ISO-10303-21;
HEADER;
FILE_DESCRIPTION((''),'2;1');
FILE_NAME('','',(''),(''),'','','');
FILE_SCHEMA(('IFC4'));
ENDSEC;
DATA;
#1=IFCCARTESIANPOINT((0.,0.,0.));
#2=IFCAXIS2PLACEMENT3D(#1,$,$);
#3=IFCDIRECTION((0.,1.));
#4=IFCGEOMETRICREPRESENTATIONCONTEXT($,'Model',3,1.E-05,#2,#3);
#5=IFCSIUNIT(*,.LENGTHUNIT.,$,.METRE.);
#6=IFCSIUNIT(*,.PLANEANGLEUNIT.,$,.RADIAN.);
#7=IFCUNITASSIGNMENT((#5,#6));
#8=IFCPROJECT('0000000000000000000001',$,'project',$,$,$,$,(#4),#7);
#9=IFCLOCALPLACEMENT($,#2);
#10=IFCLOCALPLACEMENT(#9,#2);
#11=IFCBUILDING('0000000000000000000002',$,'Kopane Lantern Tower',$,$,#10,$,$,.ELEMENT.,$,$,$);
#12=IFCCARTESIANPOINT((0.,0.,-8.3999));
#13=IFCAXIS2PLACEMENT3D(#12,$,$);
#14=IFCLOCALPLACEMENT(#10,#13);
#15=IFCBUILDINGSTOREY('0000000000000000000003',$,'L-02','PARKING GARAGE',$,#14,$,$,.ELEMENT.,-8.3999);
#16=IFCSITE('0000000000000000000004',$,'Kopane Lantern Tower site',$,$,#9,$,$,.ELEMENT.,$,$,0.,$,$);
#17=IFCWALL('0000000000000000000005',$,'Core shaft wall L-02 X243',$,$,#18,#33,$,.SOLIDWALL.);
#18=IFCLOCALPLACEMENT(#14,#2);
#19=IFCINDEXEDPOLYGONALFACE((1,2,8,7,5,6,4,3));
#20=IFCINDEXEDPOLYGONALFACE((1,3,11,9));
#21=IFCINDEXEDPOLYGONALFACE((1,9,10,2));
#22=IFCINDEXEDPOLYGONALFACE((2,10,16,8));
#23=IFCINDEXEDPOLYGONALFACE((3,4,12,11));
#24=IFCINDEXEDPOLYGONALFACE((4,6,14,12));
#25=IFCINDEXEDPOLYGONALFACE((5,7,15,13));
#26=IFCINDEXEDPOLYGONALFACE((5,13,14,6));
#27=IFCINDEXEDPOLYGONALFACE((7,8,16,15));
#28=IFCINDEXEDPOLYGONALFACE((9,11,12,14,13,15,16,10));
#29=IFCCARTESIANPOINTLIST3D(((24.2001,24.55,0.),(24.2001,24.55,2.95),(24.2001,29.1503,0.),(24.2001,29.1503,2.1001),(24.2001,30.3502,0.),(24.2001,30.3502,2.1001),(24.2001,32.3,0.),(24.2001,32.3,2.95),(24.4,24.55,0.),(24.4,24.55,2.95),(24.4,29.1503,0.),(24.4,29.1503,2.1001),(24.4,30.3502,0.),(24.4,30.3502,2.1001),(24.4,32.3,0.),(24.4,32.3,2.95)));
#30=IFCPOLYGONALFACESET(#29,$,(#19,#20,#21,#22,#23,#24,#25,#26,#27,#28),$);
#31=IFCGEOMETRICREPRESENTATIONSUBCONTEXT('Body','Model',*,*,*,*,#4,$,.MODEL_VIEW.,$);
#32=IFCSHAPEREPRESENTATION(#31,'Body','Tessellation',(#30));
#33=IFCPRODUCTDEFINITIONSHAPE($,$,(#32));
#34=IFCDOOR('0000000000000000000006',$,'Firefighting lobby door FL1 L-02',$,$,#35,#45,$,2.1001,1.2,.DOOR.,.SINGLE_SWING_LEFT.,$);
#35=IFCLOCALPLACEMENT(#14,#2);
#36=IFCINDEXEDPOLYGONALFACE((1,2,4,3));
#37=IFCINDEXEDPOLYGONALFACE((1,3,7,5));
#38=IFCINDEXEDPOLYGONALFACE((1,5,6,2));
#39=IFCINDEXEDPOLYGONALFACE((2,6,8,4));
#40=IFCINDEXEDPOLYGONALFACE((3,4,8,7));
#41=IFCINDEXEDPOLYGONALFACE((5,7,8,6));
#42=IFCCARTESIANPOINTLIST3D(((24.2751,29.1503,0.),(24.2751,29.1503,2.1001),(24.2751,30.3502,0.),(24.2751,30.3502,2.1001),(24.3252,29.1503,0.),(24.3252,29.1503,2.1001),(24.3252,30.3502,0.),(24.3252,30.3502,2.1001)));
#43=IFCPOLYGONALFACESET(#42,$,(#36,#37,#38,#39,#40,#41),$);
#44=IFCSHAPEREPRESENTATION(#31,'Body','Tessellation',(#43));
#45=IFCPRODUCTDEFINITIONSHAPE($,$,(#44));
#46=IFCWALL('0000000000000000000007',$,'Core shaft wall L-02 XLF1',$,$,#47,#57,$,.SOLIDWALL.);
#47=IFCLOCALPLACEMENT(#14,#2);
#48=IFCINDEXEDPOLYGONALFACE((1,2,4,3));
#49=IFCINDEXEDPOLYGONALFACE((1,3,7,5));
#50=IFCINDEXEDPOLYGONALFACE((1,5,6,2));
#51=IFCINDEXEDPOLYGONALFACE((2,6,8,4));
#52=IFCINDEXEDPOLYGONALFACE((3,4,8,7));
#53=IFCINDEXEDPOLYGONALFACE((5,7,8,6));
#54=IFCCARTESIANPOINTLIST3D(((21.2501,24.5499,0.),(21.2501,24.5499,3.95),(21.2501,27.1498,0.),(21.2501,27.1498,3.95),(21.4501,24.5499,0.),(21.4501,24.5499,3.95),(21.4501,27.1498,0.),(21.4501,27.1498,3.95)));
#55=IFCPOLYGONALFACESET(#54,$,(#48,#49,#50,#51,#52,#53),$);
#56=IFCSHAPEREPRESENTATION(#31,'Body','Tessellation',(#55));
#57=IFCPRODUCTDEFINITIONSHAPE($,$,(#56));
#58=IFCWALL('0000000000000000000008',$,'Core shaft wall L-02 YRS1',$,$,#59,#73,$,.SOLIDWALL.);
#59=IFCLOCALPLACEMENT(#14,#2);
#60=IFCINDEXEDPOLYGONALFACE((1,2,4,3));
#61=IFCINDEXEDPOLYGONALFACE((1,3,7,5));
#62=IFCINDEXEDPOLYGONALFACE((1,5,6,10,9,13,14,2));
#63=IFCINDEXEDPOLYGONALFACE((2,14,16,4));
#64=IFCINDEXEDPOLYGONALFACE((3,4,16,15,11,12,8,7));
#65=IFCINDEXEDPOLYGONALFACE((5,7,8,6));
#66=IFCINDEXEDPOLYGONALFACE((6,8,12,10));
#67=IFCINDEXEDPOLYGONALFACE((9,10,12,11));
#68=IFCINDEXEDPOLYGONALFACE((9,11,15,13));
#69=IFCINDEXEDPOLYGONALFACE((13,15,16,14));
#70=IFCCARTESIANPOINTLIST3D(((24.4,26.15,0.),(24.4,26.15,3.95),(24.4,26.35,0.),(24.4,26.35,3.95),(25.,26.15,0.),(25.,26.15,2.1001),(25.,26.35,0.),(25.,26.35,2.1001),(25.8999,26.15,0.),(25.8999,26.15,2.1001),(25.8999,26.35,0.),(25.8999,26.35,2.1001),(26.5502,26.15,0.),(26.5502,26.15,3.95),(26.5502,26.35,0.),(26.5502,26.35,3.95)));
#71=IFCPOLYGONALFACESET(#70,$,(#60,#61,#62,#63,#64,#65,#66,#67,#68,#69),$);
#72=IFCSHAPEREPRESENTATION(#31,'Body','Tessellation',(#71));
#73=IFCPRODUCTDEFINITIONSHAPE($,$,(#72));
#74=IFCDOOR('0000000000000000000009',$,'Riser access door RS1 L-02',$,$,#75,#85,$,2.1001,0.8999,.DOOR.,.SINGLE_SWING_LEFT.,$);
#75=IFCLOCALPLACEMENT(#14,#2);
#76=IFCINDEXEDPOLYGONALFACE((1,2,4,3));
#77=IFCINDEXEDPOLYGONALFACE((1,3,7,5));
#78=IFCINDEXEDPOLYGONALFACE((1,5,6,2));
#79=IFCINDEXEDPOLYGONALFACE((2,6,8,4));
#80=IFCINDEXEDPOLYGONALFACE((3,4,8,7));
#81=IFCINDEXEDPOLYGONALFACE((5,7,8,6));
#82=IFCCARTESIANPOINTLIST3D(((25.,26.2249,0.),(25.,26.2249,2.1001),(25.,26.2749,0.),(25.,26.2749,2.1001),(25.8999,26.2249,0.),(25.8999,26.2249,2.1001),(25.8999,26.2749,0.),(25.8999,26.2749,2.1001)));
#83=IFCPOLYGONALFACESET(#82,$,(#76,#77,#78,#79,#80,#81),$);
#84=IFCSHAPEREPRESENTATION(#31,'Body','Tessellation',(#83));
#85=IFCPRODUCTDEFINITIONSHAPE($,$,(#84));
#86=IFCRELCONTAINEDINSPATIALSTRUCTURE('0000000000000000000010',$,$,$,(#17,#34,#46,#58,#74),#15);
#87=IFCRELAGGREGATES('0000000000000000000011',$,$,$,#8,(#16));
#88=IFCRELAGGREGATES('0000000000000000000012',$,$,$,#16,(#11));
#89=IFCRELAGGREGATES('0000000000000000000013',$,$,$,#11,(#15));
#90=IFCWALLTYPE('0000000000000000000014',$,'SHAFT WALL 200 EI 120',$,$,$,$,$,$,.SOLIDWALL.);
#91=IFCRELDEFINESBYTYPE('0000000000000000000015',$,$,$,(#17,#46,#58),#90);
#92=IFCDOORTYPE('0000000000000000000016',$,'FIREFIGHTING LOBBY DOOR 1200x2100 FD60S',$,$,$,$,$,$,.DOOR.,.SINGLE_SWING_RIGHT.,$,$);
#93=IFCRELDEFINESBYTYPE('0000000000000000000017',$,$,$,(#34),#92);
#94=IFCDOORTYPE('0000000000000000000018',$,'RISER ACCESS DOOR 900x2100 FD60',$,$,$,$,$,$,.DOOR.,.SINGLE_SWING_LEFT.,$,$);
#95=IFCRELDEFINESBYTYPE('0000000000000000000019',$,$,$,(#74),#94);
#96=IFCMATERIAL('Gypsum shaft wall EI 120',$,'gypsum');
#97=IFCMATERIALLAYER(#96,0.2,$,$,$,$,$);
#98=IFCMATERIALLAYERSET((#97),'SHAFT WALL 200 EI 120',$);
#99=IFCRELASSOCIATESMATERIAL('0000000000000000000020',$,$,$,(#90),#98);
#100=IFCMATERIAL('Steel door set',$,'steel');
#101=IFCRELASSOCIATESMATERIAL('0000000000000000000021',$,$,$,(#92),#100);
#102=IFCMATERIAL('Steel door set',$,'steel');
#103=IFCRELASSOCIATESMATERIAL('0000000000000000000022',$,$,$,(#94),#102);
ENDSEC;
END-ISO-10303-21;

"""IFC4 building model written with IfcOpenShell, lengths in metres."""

from ifc_helpers import new_model, si_unit, direction, frame, frame_2d, origin, place, context, subcontext, project, spatial, rectangle, extrude, material, layer, layer_set, type_object, element, fill, save


model = new_model("IFC4")

# Units and contexts
model_context = context("Model", 3, precision=1e-05, world=origin(), true_north=direction((0.0, 1.0)))
body_context = subcontext(model_context, "Body", "Model", "MODEL_VIEW")
ifc_project = project(units=[si_unit("LENGTHUNIT", "METRE"), si_unit("PLANEANGLEUNIT", "RADIAN")], contexts=[model_context])

# Site, building, storey
site_placement = place(None, origin())
site = spatial("IfcSite", under=ifc_project, at=site_placement, Name="Kopane Lantern Tower site", CompositionType="ELEMENT", RefElevation=0.0)
building_placement = place(site_placement, origin())
building = spatial("IfcBuilding", under=site, at=building_placement, Name="Kopane Lantern Tower", CompositionType="ELEMENT")
storey_placement = place(building_placement, frame((0.0, 0.0, -8.3999)))
storey = spatial("IfcBuildingStorey", under=building, at=storey_placement, Name="L-02", Description="PARKING GARAGE", CompositionType="ELEMENT", Elevation=-8.3999)

# Wall, opening, door
ifc_material_1 = material(Name="Gypsum shaft wall EI 120", Category="gypsum")
ifc_layer_1 = layer(ifc_material_1, 0.2)
ifc_layer_set_1 = layer_set([ifc_layer_1], Name="SHAFT WALL 200 EI 120")
wall_type_1 = type_object("IfcWallType", Name="SHAFT WALL 200 EI 120", PredefinedType="SOLIDWALL", material=ifc_layer_set_1)
wall_1_placement = place(storey_placement, frame((24.3, 24.55, 0.0), z_axis=(0.0, 0.0, 1.0), x_axis=(0.0, 1.0, 0.0)))
wall_1 = element("IfcWall", 1, at=wall_1_placement, inside=storey, type_object=wall_type_1, Name="Core shaft wall L-02 X243", PredefinedType="SOLIDWALL", context=body_context, shape_type="SweptSolid", body=[
    extrude(rectangle(XDim=7.75, YDim=0.2, at=frame_2d((3.875, 0.0))), origin(), (0.0, 0.0, 1.0), 2.95),
])
opening_1_placement = place(wall_1_placement, frame((4.6001, 0.0, 0.0)))
opening_1 = element("IfcOpeningElement", 2, at=opening_1_placement, cuts=wall_1, PredefinedType="OPENING", context=body_context, shape_type="SweptSolid", body=[
    extrude(rectangle(XDim=1.2, YDim=2.1001, at=frame_2d((0.6001, 1.05))), frame((0.0, 0.1099, 0.0), z_axis=(0.0, -1.0, 0.0), x_axis=(1.0, 0.0, 0.0)), (0.0, 0.0, 1.0), 0.22),
])
ifc_material_2 = material(Name="Steel door set", Category="steel")
door_type_1 = type_object("IfcDoorType", Name="FIREFIGHTING LOBBY DOOR 1200x2100 FD60S", OperationType="SINGLE_SWING_RIGHT", PredefinedType="DOOR", material=ifc_material_2)
door_1_placement = place(opening_1_placement, origin())
door_1 = element("IfcDoor", 3, at=door_1_placement, inside=storey, type_object=door_type_1, Name="Firefighting lobby door FL1 L-02", OperationType="SINGLE_SWING_LEFT", OverallHeight=2.1001, OverallWidth=1.2, PredefinedType="DOOR", context=body_context, shape_type="SweptSolid", body=[
    extrude(rectangle(XDim=1.2, YDim=2.1001, at=frame_2d((0.6001, 1.05))), frame((0.0, 0.0249, 0.0), z_axis=(0.0, -1.0, 0.0), x_axis=(1.0, 0.0, 0.0)), (0.0, 0.0, 1.0), 0.05),
])
fill(opening_1, door_1)

# Wall
wall_2_placement = place(storey_placement, frame((21.3501, 24.55, 0.0), z_axis=(0.0, 0.0, 1.0), x_axis=(0.0, 1.0, 0.0)))
element("IfcWall", 4, at=wall_2_placement, inside=storey, type_object=wall_type_1, Name="Core shaft wall L-02 XLF1", PredefinedType="SOLIDWALL", context=body_context, shape_type="SweptSolid", body=[
    extrude(rectangle(XDim=2.5999, YDim=0.2, at=frame_2d((1.2998, 0.0))), origin(), (0.0, 0.0, 1.0), 3.95),
])

# Wall, opening, door
wall_3_placement = place(storey_placement, frame((24.3999, 26.25, 0.0), z_axis=(0.0, 0.0, 1.0), x_axis=(1.0, 0.0, 0.0)))
wall_3 = element("IfcWall", 5, at=wall_3_placement, inside=storey, type_object=wall_type_1, Name="Core shaft wall L-02 YRS1", PredefinedType="SOLIDWALL", context=body_context, shape_type="SweptSolid", body=[
    extrude(rectangle(XDim=2.1501, YDim=0.2, at=frame_2d((1.0752, 0.0))), origin(), (0.0, 0.0, 1.0), 3.95),
])
opening_2_placement = place(wall_3_placement, frame((0.6001, 0.0, 0.0)))
opening_2 = element("IfcOpeningElement", 6, at=opening_2_placement, cuts=wall_3, PredefinedType="OPENING", context=body_context, shape_type="SweptSolid", body=[
    extrude(rectangle(XDim=0.8999, YDim=2.1001, at=frame_2d((0.45, 1.05))), frame((0.0, 0.1099, 0.0), z_axis=(0.0, -1.0, 0.0), x_axis=(1.0, 0.0, 0.0)), (0.0, 0.0, 1.0), 0.22),
])
ifc_material_3 = material(Name="Steel door set", Category="steel")
door_type_2 = type_object("IfcDoorType", Name="RISER ACCESS DOOR 900x2100 FD60", OperationType="SINGLE_SWING_LEFT", PredefinedType="DOOR", material=ifc_material_3)
door_2_placement = place(opening_2_placement, origin())
door_2 = element("IfcDoor", 7, at=door_2_placement, inside=storey, type_object=door_type_2, Name="Riser access door RS1 L-02", OperationType="SINGLE_SWING_LEFT", OverallHeight=2.1001, OverallWidth=0.8999, PredefinedType="DOOR", context=body_context, shape_type="SweptSolid", body=[
    extrude(rectangle(XDim=0.8999, YDim=2.1001, at=frame_2d((0.45, 1.05))), frame((0.0, 0.0249, 0.0), z_axis=(0.0, -1.0, 0.0), x_axis=(1.0, 0.0, 0.0)), (0.0, 0.0, 1.0), 0.05),
])
fill(opening_2, door_2)

save(model, "model.ifc")
